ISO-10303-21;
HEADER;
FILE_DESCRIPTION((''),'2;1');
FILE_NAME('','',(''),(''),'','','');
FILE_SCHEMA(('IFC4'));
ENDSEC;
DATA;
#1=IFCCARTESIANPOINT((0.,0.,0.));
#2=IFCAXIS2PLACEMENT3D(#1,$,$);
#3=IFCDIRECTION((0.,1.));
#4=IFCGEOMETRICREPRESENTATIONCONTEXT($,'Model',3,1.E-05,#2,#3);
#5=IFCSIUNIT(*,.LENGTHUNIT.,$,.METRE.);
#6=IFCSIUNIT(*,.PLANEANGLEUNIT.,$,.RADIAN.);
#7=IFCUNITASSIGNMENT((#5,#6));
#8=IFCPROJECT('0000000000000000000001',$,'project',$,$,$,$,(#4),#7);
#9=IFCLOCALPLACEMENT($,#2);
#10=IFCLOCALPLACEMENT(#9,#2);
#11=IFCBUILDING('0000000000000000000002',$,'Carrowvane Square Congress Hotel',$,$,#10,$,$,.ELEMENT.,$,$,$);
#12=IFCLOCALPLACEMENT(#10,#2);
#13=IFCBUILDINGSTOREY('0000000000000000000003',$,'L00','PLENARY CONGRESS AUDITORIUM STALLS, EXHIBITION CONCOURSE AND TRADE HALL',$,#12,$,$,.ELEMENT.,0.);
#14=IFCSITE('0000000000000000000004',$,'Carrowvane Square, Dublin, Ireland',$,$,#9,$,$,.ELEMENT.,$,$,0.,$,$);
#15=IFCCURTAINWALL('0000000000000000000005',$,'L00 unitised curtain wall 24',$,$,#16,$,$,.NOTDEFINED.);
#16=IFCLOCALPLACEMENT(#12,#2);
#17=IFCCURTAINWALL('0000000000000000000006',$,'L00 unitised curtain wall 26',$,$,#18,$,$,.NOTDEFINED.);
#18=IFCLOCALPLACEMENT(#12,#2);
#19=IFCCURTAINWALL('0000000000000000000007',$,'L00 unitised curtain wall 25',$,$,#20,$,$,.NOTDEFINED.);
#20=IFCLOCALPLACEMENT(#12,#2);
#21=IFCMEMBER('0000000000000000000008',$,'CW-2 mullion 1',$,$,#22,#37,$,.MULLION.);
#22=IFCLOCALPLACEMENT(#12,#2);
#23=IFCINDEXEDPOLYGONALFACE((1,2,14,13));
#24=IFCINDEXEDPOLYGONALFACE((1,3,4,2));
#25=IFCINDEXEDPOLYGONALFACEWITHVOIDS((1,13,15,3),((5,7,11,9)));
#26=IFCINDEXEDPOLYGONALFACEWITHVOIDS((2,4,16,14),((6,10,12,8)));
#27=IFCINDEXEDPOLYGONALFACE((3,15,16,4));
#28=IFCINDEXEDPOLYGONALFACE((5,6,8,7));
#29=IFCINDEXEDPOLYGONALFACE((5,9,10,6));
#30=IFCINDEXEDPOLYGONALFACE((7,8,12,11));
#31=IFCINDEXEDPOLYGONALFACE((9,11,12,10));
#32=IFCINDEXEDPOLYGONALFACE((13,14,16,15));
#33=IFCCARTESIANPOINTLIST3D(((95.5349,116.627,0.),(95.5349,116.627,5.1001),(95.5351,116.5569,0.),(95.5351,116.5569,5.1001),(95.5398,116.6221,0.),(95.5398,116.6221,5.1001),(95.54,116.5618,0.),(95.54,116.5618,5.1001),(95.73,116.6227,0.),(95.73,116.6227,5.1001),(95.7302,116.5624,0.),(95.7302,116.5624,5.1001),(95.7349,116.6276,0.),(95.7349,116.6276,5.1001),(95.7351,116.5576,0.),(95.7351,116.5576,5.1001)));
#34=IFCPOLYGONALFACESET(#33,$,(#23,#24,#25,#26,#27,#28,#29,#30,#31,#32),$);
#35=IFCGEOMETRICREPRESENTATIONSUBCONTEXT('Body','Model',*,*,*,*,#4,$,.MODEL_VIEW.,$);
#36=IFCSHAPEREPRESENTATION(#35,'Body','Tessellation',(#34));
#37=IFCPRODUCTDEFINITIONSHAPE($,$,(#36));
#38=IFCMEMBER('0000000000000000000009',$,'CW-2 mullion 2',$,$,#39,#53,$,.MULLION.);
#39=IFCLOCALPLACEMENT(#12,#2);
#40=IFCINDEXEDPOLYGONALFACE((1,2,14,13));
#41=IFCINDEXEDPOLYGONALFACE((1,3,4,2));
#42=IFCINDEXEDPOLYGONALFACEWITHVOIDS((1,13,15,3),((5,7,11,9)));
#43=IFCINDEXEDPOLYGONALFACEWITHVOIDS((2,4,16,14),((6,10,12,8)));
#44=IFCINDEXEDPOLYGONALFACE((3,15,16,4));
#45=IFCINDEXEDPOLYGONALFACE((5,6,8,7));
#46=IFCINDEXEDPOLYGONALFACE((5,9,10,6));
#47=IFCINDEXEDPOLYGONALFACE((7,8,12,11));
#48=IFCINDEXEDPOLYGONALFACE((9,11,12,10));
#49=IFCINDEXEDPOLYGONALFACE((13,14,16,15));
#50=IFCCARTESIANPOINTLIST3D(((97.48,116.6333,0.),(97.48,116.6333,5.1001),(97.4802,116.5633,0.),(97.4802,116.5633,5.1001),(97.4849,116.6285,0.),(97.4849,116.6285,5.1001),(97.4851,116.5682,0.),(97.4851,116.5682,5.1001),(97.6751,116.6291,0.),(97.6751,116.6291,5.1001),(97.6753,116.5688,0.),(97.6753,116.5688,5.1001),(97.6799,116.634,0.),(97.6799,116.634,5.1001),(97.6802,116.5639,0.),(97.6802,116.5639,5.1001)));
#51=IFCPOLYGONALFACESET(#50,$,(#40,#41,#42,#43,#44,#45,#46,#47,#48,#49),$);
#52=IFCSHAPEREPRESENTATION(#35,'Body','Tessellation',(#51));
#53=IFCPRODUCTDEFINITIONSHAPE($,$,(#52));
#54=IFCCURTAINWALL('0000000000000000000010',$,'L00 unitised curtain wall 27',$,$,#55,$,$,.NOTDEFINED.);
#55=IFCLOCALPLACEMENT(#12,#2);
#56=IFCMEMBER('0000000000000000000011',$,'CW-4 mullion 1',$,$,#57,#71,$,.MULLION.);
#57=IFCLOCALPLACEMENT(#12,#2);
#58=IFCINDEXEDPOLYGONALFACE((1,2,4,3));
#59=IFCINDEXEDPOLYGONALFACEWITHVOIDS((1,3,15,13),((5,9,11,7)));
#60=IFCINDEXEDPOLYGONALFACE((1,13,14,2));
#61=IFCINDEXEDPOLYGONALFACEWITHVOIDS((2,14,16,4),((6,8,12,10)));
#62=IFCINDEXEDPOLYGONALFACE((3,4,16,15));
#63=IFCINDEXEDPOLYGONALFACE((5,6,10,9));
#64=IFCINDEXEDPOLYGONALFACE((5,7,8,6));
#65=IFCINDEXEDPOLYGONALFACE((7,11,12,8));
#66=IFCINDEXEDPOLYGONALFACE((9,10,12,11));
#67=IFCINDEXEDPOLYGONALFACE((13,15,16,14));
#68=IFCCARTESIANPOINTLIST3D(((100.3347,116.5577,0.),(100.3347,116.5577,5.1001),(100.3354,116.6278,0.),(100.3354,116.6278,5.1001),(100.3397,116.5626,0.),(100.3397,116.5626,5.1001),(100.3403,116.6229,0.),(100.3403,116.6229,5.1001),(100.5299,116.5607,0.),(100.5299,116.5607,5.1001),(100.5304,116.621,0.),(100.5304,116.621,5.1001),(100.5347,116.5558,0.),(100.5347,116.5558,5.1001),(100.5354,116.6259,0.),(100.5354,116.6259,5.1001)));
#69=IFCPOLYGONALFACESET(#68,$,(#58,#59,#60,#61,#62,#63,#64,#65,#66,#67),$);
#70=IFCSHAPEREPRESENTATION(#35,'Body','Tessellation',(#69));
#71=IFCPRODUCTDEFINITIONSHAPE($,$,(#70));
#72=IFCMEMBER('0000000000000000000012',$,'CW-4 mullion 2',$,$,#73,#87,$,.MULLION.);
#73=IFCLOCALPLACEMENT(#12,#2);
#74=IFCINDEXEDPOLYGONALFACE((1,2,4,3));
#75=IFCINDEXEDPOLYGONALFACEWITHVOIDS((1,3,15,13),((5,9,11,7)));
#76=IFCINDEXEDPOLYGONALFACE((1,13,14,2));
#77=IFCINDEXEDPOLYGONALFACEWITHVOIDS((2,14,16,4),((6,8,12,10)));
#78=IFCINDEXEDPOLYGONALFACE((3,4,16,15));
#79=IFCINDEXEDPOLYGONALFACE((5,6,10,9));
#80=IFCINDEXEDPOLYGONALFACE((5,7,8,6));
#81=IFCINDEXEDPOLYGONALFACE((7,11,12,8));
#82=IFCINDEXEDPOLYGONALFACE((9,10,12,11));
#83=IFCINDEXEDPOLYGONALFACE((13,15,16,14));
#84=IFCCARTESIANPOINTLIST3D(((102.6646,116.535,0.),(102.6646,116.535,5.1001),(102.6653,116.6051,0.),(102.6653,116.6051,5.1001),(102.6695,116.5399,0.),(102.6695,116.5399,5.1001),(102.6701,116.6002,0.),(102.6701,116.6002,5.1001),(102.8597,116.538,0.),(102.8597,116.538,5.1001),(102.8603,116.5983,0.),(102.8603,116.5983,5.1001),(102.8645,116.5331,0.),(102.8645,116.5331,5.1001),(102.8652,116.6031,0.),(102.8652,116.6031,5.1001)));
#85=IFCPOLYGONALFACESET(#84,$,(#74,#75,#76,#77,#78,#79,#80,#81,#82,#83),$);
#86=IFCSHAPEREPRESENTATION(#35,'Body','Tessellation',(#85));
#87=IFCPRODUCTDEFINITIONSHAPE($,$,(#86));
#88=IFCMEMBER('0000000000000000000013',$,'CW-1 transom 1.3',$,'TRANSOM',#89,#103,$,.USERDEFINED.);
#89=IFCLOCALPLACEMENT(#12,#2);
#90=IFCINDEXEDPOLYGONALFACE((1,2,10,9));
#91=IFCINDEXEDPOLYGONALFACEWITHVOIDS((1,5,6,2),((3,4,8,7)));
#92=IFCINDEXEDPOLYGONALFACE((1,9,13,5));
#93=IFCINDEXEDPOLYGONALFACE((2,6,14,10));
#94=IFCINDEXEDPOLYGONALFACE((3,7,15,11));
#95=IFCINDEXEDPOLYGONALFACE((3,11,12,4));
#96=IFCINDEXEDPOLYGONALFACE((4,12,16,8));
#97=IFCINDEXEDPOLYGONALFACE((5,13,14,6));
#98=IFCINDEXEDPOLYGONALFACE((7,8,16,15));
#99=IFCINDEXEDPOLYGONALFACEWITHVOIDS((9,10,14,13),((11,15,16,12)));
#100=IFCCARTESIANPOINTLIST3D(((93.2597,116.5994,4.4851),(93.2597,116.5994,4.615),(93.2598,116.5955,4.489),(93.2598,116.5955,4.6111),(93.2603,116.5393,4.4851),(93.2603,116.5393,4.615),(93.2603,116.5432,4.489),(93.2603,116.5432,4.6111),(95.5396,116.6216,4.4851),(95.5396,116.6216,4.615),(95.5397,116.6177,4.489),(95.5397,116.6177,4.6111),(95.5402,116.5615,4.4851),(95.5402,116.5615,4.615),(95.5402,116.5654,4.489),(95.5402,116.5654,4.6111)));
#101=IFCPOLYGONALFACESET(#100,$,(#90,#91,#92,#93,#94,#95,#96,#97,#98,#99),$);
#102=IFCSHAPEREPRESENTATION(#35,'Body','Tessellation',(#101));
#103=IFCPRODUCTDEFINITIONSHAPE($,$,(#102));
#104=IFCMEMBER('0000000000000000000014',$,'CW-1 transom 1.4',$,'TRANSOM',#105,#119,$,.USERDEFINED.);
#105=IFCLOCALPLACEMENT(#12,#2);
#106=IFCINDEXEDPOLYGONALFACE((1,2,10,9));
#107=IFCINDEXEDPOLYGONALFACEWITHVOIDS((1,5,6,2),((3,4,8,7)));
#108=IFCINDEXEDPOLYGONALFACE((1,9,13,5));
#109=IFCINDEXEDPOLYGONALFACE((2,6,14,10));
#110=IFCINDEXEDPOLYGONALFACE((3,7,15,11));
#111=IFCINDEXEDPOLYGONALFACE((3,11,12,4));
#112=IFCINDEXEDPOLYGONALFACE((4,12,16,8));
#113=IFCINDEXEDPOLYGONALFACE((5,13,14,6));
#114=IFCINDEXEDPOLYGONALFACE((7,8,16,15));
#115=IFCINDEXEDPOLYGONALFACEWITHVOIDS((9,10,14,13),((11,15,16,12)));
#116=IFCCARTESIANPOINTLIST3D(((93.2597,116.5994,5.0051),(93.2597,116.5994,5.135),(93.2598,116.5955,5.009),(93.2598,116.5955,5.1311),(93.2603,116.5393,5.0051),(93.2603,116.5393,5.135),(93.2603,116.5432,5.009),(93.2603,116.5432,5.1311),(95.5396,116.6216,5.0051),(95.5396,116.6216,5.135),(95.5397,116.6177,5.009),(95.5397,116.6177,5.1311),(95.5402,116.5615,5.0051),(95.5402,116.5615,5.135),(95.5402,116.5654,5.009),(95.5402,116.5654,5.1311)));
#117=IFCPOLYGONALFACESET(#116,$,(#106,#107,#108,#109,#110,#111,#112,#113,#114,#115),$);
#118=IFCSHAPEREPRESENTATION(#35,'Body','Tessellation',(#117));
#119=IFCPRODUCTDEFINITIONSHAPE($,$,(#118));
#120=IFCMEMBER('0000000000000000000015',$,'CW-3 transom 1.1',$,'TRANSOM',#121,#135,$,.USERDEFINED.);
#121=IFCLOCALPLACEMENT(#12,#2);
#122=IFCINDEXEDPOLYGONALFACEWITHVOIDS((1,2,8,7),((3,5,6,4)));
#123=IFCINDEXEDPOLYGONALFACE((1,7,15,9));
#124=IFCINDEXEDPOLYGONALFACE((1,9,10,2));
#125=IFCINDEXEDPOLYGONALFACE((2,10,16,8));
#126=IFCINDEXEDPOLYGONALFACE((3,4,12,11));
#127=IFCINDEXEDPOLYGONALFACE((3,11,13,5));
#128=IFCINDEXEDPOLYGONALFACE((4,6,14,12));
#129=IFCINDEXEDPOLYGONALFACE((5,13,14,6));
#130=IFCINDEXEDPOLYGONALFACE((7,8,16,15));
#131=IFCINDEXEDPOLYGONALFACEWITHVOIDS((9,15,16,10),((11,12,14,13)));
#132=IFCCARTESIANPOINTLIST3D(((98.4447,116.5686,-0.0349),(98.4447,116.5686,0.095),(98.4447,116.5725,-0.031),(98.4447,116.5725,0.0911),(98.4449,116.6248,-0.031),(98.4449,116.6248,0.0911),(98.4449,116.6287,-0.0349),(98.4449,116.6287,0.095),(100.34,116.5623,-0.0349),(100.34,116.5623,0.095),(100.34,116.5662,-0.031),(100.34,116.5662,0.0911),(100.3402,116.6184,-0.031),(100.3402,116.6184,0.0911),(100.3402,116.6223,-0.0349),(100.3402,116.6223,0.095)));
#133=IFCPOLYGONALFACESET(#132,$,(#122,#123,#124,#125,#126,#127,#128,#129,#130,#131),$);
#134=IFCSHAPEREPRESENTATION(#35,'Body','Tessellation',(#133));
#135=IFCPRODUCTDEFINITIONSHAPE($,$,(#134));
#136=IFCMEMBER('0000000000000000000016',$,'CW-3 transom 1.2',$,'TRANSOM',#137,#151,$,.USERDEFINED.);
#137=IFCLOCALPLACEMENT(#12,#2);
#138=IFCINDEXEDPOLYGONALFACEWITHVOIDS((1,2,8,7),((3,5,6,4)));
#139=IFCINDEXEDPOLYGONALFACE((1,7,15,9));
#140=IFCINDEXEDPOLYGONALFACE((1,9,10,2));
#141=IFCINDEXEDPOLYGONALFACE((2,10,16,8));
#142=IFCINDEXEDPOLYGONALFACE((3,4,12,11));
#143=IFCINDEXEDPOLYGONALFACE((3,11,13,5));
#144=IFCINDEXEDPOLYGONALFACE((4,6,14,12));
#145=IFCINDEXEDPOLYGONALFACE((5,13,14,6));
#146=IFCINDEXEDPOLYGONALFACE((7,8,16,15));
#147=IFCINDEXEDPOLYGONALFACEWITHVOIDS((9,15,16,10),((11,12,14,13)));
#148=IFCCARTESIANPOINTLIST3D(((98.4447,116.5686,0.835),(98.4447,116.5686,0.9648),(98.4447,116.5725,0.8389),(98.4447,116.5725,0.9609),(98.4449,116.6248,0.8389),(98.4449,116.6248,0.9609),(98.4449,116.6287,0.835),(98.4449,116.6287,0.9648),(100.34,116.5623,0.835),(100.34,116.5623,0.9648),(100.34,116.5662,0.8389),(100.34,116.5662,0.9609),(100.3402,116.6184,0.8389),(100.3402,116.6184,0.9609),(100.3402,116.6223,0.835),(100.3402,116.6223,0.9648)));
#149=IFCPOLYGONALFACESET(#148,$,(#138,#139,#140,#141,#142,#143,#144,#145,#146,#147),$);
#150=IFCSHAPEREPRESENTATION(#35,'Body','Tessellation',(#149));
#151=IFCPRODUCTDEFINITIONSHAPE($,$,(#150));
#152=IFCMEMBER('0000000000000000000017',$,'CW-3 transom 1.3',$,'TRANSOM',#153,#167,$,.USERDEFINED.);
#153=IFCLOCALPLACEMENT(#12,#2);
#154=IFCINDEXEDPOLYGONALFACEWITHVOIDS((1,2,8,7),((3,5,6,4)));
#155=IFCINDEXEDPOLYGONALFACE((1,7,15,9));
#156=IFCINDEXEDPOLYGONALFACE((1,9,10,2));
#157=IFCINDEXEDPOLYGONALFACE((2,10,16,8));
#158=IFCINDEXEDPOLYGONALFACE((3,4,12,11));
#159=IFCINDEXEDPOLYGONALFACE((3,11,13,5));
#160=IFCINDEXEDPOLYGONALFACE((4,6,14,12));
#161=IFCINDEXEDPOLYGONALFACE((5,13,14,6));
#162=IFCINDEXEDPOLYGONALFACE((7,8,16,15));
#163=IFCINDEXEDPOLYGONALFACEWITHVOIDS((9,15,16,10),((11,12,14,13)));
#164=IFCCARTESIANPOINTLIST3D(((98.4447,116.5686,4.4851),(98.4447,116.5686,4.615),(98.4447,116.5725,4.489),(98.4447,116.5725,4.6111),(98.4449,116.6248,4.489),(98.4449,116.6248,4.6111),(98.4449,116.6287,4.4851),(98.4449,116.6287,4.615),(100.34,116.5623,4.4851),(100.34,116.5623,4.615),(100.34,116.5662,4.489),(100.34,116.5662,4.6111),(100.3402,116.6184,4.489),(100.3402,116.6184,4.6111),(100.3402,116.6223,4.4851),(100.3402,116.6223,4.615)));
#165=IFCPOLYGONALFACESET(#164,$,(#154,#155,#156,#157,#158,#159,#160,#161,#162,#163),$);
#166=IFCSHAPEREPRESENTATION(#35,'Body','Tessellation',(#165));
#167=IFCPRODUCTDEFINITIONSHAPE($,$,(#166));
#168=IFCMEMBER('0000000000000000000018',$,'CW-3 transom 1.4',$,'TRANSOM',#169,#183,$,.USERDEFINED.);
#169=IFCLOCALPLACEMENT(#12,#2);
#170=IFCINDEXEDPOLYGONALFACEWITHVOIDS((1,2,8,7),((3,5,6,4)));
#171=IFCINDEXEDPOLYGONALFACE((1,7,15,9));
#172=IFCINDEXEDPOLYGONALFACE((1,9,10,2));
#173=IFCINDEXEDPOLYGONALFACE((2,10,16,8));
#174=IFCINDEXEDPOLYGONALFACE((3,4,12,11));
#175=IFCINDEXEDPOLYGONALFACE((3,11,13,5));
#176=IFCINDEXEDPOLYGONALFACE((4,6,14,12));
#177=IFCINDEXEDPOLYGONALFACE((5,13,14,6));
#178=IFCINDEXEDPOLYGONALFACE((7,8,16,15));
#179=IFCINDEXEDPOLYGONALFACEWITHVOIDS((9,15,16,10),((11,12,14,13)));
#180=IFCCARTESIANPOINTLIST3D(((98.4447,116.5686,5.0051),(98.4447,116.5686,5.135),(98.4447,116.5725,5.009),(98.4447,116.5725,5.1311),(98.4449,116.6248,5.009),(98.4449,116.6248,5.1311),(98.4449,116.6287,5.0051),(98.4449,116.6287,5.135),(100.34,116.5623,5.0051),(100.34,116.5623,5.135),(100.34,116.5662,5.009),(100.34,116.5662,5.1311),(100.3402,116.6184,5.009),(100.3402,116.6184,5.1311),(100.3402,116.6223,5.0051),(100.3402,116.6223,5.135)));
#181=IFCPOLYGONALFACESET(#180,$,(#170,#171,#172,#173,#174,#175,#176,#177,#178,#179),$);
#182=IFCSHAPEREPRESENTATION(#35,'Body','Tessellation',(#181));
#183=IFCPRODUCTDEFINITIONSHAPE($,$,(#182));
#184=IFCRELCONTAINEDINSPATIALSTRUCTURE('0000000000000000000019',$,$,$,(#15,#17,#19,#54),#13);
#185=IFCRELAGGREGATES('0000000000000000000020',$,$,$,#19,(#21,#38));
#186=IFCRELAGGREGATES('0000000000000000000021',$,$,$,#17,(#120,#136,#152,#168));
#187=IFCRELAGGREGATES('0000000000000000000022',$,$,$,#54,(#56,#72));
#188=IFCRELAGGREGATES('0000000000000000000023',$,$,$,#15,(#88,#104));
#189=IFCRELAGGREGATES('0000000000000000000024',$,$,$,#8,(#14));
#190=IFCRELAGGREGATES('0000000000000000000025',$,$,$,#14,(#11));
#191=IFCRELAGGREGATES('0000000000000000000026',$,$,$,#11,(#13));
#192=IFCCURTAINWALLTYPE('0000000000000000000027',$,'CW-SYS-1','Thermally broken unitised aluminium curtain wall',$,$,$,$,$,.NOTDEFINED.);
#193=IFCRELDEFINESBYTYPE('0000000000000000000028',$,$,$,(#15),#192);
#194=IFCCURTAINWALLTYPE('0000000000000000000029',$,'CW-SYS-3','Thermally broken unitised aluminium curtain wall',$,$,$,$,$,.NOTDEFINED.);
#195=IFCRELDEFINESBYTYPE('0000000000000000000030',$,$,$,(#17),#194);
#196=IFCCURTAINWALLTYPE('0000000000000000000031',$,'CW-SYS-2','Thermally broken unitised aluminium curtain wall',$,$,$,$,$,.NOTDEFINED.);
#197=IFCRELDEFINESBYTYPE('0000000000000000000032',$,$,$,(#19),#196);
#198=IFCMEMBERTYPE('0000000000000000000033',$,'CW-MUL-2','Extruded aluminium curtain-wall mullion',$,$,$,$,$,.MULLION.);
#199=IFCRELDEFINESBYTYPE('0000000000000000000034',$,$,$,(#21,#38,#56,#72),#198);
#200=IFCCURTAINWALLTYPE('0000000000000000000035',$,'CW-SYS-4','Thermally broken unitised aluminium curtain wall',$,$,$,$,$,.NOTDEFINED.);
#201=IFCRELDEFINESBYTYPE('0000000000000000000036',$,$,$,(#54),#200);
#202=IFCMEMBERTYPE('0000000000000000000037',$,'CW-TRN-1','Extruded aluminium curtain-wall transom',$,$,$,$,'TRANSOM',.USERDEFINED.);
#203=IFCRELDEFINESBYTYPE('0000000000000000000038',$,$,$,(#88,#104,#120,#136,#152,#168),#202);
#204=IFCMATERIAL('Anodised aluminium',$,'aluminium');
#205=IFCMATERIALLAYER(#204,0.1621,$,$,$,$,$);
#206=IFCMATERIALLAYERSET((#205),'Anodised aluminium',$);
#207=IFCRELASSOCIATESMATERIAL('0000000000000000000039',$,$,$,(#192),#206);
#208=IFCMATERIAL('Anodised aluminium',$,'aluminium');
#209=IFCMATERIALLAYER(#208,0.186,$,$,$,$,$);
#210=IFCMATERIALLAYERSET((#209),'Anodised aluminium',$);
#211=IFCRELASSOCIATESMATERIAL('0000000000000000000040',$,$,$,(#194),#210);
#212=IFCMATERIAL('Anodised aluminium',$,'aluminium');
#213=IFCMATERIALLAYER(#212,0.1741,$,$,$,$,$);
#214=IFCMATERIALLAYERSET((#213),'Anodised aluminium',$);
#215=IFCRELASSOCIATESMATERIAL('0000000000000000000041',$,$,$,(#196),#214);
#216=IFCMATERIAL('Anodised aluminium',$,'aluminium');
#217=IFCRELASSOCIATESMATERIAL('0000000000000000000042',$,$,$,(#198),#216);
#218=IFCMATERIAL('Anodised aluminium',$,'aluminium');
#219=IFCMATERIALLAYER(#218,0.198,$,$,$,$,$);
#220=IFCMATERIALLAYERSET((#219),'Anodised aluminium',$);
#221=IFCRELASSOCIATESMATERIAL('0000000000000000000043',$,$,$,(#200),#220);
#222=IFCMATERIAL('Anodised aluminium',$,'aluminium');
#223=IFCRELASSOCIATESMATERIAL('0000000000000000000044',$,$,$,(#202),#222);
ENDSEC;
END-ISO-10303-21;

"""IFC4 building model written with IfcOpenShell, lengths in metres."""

from ifc_helpers import new_model, si_unit, direction, frame, origin, origin_2d, place, context, subcontext, project, spatial, hollow_rectangle, extrude, material, layer, layer_set, material_profile, profile_set, type_object, element, aggregate, save


model = new_model("IFC4")

# Units and contexts
model_context = context("Model", 3, precision=1e-05, world=origin(), true_north=direction((0.0, 1.0)))
body_context = subcontext(model_context, "Body", "Model", "MODEL_VIEW")
ifc_project = project(units=[si_unit("LENGTHUNIT", "METRE"), si_unit("PLANEANGLEUNIT", "RADIAN")], contexts=[model_context])

# Site, building, storey
site_placement = place(None, origin())
site = spatial("IfcSite", under=ifc_project, at=site_placement, Name="Carrowvane Square, Dublin, Ireland", CompositionType="ELEMENT", RefElevation=0.0)
building_placement = place(site_placement, origin())
building = spatial("IfcBuilding", under=site, at=building_placement, Name="Carrowvane Square Congress Hotel", CompositionType="ELEMENT")
storey_placement = place(building_placement, origin())
storey = spatial("IfcBuildingStorey", under=building, at=storey_placement, Name="L00", Description="PLENARY CONGRESS AUDITORIUM STALLS, EXHIBITION CONCOURSE AND TRADE HALL", CompositionType="ELEMENT", Elevation=0.0)

# Curtain wall
ifc_material_1 = material(Name="Anodised aluminium", Category="aluminium")
ifc_layer_1 = layer(ifc_material_1, 0.1621)
ifc_layer_set_1 = layer_set([ifc_layer_1], Name="Anodised aluminium")
curtain_wall_type_1 = type_object("IfcCurtainWallType", Name="CW-SYS-1", Description="Thermally broken unitised aluminium curtain wall", PredefinedType="NOTDEFINED", material=ifc_layer_set_1)
curtain_wall_1_placement = place(storey_placement, origin())
curtain_wall_1 = element("IfcCurtainWall", 1, at=curtain_wall_1_placement, inside=storey, type_object=curtain_wall_type_1, Name="L00 unitised curtain wall 24", PredefinedType="NOTDEFINED")

# Curtain wall
ifc_material_2 = material(Name="Anodised aluminium", Category="aluminium")
ifc_layer_2 = layer(ifc_material_2, 0.186)
ifc_layer_set_2 = layer_set([ifc_layer_2], Name="Anodised aluminium")
curtain_wall_type_2 = type_object("IfcCurtainWallType", Name="CW-SYS-3", Description="Thermally broken unitised aluminium curtain wall", PredefinedType="NOTDEFINED", material=ifc_layer_set_2)
curtain_wall_2_placement = place(storey_placement, origin())
curtain_wall_2 = element("IfcCurtainWall", 2, at=curtain_wall_2_placement, inside=storey, type_object=curtain_wall_type_2, Name="L00 unitised curtain wall 26", PredefinedType="NOTDEFINED")

# Curtain walls, members
ifc_material_3 = material(Name="Anodised aluminium", Category="aluminium")
ifc_layer_3 = layer(ifc_material_3, 0.1741)
ifc_layer_set_3 = layer_set([ifc_layer_3], Name="Anodised aluminium")
curtain_wall_type_3 = type_object("IfcCurtainWallType", Name="CW-SYS-2", Description="Thermally broken unitised aluminium curtain wall", PredefinedType="NOTDEFINED", material=ifc_layer_set_3)
curtain_wall_3_placement = place(storey_placement, origin())
curtain_wall_3 = element("IfcCurtainWall", 3, at=curtain_wall_3_placement, inside=storey, type_object=curtain_wall_type_3, Name="L00 unitised curtain wall 25", PredefinedType="NOTDEFINED")
ifc_material_4 = material(Name="Anodised aluminium", Category="aluminium")
ifc_material_profile_1 = material_profile(ifc_material_4, hollow_rectangle(XDim=0.0701, YDim=0.2, WallThickness=0.0049, at=origin_2d()), Name="CW-ML 70x200x5")
ifc_profile_set_1 = profile_set([ifc_material_profile_1], Name="Anodised aluminium")
member_type_1 = type_object("IfcMemberType", Name="CW-MUL-2", Description="Extruded aluminium curtain-wall mullion", PredefinedType="MULLION", material=ifc_profile_set_1)
member_1_placement = place(storey_placement, frame((95.635, 116.5923, 0.0), z_axis=(0.0, 0.0, 1.0), x_axis=(-0.00327, 0.999995, 0.0)))
member_1 = element("IfcMember", 4, at=member_1_placement, type_object=member_type_1, Name="CW-2 mullion 1", PredefinedType="MULLION", context=body_context, shape_type="SweptSolid", body=[
    extrude(hollow_rectangle(XDim=0.0701, YDim=0.2, WallThickness=0.0049, at=origin_2d()), origin(), (0.0, 0.0, 1.0), 5.1001),
])
member_2_placement = place(storey_placement, frame((97.5801, 116.5986, 0.0), z_axis=(0.0, 0.0, 1.0), x_axis=(-0.00327, 0.999995, 0.0)))
member_2 = element("IfcMember", 5, at=member_2_placement, type_object=member_type_1, Name="CW-2 mullion 2", PredefinedType="MULLION", context=body_context, shape_type="SweptSolid", body=[
    extrude(hollow_rectangle(XDim=0.0701, YDim=0.2, WallThickness=0.0049, at=origin_2d()), origin(), (0.0, 0.0, 1.0), 5.1001),
])
ifc_material_5 = material(Name="Anodised aluminium", Category="aluminium")
ifc_layer_4 = layer(ifc_material_5, 0.198)
ifc_layer_set_4 = layer_set([ifc_layer_4], Name="Anodised aluminium")
curtain_wall_type_4 = type_object("IfcCurtainWallType", Name="CW-SYS-4", Description="Thermally broken unitised aluminium curtain wall", PredefinedType="NOTDEFINED", material=ifc_layer_set_4)
curtain_wall_4_placement = place(storey_placement, origin())
curtain_wall_4 = element("IfcCurtainWall", 6, at=curtain_wall_4_placement, inside=storey, type_object=curtain_wall_type_4, Name="L00 unitised curtain wall 27", PredefinedType="NOTDEFINED")
member_3_placement = place(storey_placement, frame((100.4351, 116.5918, 0.0), z_axis=(0.0, 0.0, 1.0), x_axis=(0.009783, 0.999952, 0.0)))
member_3 = element("IfcMember", 7, at=member_3_placement, type_object=member_type_1, Name="CW-4 mullion 1", PredefinedType="MULLION", context=body_context, shape_type="SweptSolid", body=[
    extrude(hollow_rectangle(XDim=0.0701, YDim=0.2, WallThickness=0.0049, at=origin_2d()), origin(), (0.0, 0.0, 1.0), 5.1001),
])
member_4_placement = place(storey_placement, frame((102.7649, 116.5691, 0.0), z_axis=(0.0, 0.0, 1.0), x_axis=(0.009783, 0.999952, 0.0)))
member_4 = element("IfcMember", 8, at=member_4_placement, type_object=member_type_1, Name="CW-4 mullion 2", PredefinedType="MULLION", context=body_context, shape_type="SweptSolid", body=[
    extrude(hollow_rectangle(XDim=0.0701, YDim=0.2, WallThickness=0.0049, at=origin_2d()), origin(), (0.0, 0.0, 1.0), 5.1001),
])

# Members
ifc_material_6 = material(Name="Anodised aluminium", Category="aluminium")
ifc_material_profile_2 = material_profile(ifc_material_6, hollow_rectangle(XDim=0.0601, YDim=0.1299, WallThickness=0.0039, at=origin_2d()), Name="CW-TR 60x130x4")
ifc_profile_set_2 = profile_set([ifc_material_profile_2], Name="Anodised aluminium")
member_type_2 = type_object("IfcMemberType", Name="CW-TRN-1", Description="Extruded aluminium curtain-wall transom", ElementType="TRANSOM", PredefinedType="USERDEFINED", material=ifc_profile_set_2)
member_5_placement = place(storey_placement, frame((93.26, 116.5693, 4.55), z_axis=(0.999953, 0.009744, 0.0), x_axis=(-0.009744, 0.999953, 0.0)))
member_5 = element("IfcMember", 9, at=member_5_placement, type_object=member_type_2, Name="CW-1 transom 1.3", ObjectType="TRANSOM", PredefinedType="USERDEFINED", context=body_context, shape_type="SweptSolid", body=[
    extrude(hollow_rectangle(XDim=0.0601, YDim=0.1299, WallThickness=0.0039, at=origin_2d()), origin(), (0.0, 0.0, 1.0), 2.28),
])
member_6_placement = place(storey_placement, frame((93.26, 116.5693, 5.0701), z_axis=(0.999953, 0.009744, 0.0), x_axis=(-0.009744, 0.999953, 0.0)))
member_6 = element("IfcMember", 10, at=member_6_placement, type_object=member_type_2, Name="CW-1 transom 1.4", ObjectType="TRANSOM", PredefinedType="USERDEFINED", context=body_context, shape_type="SweptSolid", body=[
    extrude(hollow_rectangle(XDim=0.0601, YDim=0.1299, WallThickness=0.0039, at=origin_2d()), origin(), (0.0, 0.0, 1.0), 2.28),
])
member_7_placement = place(storey_placement, frame((98.4448, 116.5986, 0.03), z_axis=(0.999994, -0.003349, 0.0), x_axis=(0.003349, 0.999994, 0.0)))
member_7 = element("IfcMember", 11, at=member_7_placement, type_object=member_type_2, Name="CW-3 transom 1.1", ObjectType="TRANSOM", PredefinedType="USERDEFINED", context=body_context, shape_type="SweptSolid", body=[
    extrude(hollow_rectangle(XDim=0.0601, YDim=0.1299, WallThickness=0.0039, at=origin_2d()), origin(), (0.0, 0.0, 1.0), 1.8953),
])
member_8_placement = place(storey_placement, frame((98.4448, 116.5986, 0.8999), z_axis=(0.999994, -0.003349, 0.0), x_axis=(0.003349, 0.999994, 0.0)))
member_8 = element("IfcMember", 12, at=member_8_placement, type_object=member_type_2, Name="CW-3 transom 1.2", ObjectType="TRANSOM", PredefinedType="USERDEFINED", context=body_context, shape_type="SweptSolid", body=[
    extrude(hollow_rectangle(XDim=0.0601, YDim=0.1299, WallThickness=0.0039, at=origin_2d()), origin(), (0.0, 0.0, 1.0), 1.8953),
])
member_9_placement = place(storey_placement, frame((98.4448, 116.5986, 4.55), z_axis=(0.999994, -0.003349, 0.0), x_axis=(0.003349, 0.999994, 0.0)))
member_9 = element("IfcMember", 13, at=member_9_placement, type_object=member_type_2, Name="CW-3 transom 1.3", ObjectType="TRANSOM", PredefinedType="USERDEFINED", context=body_context, shape_type="SweptSolid", body=[
    extrude(hollow_rectangle(XDim=0.0601, YDim=0.1299, WallThickness=0.0039, at=origin_2d()), origin(), (0.0, 0.0, 1.0), 1.8953),
])
member_10_placement = place(storey_placement, frame((98.4448, 116.5986, 5.0701), z_axis=(0.999994, -0.003349, 0.0), x_axis=(0.003349, 0.999994, 0.0)))
member_10 = element("IfcMember", 14, at=member_10_placement, type_object=member_type_2, Name="CW-3 transom 1.4", ObjectType="TRANSOM", PredefinedType="USERDEFINED", context=body_context, shape_type="SweptSolid", body=[
    extrude(hollow_rectangle(XDim=0.0601, YDim=0.1299, WallThickness=0.0039, at=origin_2d()), origin(), (0.0, 0.0, 1.0), 1.8953),
])

aggregate(curtain_wall_3, [member_1, member_2])
aggregate(curtain_wall_2, [member_7, member_8, member_9, member_10])
aggregate(curtain_wall_4, [member_3, member_4])
aggregate(curtain_wall_1, [member_5, member_6])

save(model, "model.ifc")
